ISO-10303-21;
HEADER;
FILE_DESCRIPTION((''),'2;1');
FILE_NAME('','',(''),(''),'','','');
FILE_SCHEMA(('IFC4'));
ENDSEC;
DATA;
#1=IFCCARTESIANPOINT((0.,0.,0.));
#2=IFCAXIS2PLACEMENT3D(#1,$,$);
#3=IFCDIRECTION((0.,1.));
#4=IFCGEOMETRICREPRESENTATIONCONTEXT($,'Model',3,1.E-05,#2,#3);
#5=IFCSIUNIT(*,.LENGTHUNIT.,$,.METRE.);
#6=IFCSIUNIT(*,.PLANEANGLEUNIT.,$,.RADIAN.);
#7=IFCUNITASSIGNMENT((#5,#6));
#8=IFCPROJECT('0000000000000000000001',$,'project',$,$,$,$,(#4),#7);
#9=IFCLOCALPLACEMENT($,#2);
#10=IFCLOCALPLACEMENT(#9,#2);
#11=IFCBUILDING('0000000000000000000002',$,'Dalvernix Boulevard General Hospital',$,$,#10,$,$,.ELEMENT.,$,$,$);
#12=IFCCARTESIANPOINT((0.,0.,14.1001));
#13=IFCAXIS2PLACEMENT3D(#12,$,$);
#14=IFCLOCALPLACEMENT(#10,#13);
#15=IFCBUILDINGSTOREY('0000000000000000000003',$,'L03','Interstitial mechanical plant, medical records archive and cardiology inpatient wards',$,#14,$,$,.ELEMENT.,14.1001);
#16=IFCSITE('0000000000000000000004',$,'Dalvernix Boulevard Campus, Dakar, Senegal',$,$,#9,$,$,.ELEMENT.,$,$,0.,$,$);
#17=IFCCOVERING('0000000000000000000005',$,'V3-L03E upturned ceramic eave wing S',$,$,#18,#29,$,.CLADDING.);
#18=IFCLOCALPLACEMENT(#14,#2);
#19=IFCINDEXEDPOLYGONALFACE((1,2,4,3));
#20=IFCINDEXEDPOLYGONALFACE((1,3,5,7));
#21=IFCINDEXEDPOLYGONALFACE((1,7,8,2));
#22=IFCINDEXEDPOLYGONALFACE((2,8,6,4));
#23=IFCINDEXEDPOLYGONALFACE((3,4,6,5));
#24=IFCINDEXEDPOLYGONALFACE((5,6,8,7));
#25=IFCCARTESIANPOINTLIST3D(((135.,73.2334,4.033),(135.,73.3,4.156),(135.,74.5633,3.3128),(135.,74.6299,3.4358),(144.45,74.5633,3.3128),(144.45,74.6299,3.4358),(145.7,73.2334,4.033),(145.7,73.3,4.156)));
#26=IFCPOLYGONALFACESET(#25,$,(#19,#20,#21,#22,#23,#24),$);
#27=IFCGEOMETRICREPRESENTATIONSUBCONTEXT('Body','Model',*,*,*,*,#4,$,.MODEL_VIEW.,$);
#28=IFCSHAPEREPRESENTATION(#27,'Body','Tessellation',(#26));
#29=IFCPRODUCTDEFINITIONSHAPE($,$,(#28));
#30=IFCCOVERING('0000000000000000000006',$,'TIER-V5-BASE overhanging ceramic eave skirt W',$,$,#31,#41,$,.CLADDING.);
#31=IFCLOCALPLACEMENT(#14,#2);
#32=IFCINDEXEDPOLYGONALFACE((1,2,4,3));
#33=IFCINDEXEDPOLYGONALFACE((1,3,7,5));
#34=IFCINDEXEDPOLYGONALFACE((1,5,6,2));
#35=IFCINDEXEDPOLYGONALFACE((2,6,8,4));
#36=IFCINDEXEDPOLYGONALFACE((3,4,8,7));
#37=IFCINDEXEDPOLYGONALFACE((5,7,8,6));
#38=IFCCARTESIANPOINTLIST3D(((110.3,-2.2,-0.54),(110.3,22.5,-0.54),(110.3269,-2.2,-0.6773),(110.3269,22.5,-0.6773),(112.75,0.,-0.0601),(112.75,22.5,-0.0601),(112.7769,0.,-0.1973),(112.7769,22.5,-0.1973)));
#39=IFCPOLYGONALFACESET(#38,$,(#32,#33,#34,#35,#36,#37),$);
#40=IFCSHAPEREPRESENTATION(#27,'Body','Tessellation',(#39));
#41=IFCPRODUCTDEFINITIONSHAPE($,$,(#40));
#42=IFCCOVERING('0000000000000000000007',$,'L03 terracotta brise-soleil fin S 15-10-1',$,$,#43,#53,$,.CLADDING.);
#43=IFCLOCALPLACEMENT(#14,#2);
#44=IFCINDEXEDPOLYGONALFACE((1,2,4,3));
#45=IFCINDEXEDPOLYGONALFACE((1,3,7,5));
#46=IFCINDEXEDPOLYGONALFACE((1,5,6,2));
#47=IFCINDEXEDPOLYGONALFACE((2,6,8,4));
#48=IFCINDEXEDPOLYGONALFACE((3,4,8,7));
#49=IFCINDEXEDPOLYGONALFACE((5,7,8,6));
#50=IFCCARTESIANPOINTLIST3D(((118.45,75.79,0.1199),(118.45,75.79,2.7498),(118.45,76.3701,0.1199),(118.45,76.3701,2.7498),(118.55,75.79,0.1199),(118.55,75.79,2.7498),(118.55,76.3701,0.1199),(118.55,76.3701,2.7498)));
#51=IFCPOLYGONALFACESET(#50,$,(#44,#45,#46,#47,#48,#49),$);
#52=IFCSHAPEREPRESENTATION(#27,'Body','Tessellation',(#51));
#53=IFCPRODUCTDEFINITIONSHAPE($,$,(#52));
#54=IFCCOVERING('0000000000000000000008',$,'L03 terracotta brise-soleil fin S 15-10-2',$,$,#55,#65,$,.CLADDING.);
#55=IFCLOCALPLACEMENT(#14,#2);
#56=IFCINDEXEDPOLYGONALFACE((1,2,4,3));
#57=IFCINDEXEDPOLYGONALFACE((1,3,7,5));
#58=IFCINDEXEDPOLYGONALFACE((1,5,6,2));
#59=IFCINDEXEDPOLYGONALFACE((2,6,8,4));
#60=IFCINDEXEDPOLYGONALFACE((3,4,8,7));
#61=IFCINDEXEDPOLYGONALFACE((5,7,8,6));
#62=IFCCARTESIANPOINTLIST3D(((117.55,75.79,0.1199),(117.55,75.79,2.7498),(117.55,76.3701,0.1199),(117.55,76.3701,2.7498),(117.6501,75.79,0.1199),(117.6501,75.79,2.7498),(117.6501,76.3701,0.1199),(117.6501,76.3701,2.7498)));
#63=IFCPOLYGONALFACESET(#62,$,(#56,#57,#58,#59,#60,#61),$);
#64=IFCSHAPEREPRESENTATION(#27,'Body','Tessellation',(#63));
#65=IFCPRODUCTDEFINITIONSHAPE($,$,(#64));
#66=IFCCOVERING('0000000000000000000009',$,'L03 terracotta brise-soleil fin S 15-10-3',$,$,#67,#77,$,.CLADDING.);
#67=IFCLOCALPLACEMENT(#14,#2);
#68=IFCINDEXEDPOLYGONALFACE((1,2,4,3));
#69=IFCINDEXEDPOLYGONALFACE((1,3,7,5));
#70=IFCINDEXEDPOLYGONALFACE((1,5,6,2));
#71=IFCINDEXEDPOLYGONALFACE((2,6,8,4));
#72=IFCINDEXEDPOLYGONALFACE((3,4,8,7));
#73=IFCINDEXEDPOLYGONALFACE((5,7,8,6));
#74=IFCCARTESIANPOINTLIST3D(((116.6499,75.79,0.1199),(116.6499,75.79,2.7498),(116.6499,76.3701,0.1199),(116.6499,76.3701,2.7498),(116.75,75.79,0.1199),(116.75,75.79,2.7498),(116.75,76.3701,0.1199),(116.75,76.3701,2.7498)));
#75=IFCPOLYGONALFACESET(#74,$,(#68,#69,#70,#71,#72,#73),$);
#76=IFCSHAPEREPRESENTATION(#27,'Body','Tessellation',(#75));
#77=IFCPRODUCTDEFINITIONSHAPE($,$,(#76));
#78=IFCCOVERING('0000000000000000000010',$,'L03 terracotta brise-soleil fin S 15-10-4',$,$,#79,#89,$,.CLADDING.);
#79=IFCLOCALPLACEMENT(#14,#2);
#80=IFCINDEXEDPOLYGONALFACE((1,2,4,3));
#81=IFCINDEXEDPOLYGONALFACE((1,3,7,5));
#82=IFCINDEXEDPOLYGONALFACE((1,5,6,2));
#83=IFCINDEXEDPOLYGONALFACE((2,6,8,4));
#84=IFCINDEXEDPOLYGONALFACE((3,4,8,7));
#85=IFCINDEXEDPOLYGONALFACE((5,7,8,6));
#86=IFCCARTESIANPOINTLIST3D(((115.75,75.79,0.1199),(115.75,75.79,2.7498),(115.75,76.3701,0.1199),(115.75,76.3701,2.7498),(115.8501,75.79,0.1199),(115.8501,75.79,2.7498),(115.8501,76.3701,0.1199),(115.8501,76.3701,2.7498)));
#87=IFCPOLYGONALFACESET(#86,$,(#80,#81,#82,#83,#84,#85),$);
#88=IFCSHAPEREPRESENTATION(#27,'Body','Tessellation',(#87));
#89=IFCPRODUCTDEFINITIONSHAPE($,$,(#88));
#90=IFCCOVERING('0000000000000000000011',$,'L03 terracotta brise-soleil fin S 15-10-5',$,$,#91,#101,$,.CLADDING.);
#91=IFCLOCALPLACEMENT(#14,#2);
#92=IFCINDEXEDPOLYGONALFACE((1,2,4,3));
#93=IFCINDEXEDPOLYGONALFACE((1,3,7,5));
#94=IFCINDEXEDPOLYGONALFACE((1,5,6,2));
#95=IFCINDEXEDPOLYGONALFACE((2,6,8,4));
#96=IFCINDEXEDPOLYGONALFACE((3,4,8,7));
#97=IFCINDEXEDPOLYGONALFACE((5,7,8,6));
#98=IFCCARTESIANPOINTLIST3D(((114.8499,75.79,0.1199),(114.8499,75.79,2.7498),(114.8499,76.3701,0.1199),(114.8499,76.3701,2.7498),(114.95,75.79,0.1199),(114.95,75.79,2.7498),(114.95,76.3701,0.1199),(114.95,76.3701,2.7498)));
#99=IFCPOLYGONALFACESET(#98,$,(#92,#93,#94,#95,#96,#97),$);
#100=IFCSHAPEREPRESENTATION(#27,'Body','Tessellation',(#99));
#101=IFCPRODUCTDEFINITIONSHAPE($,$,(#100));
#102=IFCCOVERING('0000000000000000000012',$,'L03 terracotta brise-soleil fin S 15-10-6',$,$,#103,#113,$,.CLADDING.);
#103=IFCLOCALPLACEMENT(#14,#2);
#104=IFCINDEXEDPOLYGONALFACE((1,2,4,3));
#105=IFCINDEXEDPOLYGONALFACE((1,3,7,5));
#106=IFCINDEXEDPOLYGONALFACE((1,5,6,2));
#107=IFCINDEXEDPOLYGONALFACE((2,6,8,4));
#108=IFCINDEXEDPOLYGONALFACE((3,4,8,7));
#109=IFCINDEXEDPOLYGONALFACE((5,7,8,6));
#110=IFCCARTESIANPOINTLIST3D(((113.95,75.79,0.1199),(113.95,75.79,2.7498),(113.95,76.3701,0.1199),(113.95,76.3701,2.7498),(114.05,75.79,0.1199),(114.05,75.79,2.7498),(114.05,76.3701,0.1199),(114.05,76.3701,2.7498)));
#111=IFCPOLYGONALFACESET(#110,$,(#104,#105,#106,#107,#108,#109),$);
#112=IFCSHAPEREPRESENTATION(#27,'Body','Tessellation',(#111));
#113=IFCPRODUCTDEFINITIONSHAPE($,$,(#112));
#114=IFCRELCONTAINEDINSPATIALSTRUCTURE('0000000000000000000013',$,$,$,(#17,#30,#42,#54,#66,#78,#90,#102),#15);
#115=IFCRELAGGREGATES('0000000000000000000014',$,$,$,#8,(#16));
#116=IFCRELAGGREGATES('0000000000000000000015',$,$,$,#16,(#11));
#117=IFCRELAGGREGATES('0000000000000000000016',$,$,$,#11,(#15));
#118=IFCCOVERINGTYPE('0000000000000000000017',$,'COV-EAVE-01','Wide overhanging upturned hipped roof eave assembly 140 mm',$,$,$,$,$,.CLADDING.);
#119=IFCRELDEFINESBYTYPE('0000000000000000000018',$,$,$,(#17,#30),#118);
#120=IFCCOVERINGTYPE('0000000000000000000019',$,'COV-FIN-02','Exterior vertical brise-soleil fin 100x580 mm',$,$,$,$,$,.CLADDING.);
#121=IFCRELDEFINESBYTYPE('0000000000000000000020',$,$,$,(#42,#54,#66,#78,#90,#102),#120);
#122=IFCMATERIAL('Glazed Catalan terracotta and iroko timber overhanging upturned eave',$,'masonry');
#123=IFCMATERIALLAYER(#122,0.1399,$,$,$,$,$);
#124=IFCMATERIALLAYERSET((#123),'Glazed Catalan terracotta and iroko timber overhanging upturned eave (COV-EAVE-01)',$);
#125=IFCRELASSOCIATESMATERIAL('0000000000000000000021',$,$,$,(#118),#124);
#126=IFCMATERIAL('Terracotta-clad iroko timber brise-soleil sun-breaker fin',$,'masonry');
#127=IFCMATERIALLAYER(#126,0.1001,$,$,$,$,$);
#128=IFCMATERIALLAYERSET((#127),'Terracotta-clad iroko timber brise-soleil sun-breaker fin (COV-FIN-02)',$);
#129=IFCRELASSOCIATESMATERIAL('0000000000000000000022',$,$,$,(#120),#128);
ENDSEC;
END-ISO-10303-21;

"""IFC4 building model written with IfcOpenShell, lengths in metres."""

from ifc_helpers import new_model, si_unit, direction, frame, origin, origin_2d, place, context, subcontext, project, spatial, polyline, rectangle, outline, extrude, material, layer, layer_set, type_object, element, save


model = new_model("IFC4")

# Units and contexts
model_context = context("Model", 3, precision=1e-05, world=origin(), true_north=direction((0.0, 1.0)))
body_context = subcontext(model_context, "Body", "Model", "MODEL_VIEW")
ifc_project = project(units=[si_unit("LENGTHUNIT", "METRE"), si_unit("PLANEANGLEUNIT", "RADIAN")], contexts=[model_context])

# Site, building, storey
site_placement = place(None, origin())
site = spatial("IfcSite", under=ifc_project, at=site_placement, Name="Dalvernix Boulevard Campus, Dakar, Senegal", CompositionType="ELEMENT", RefElevation=0.0)
building_placement = place(site_placement, origin())
building = spatial("IfcBuilding", under=site, at=building_placement, Name="Dalvernix Boulevard General Hospital", CompositionType="ELEMENT")
storey_placement = place(building_placement, frame((0.0, 0.0, 14.1001)))
storey = spatial("IfcBuildingStorey", under=building, at=storey_placement, Name="L03", Description="Interstitial mechanical plant, medical records archive and cardiology inpatient wards", CompositionType="ELEMENT", Elevation=14.1001)

# Coverings
ifc_material_1 = material(Name="Glazed Catalan terracotta and iroko timber overhanging upturned eave", Category="masonry")
ifc_layer_1 = layer(ifc_material_1, 0.1399)
ifc_layer_set_1 = layer_set([ifc_layer_1], Name="Glazed Catalan terracotta and iroko timber overhanging upturned eave (COV-EAVE-01)")
covering_type_1 = type_object("IfcCoveringType", Name="COV-EAVE-01", Description="Wide overhanging upturned hipped roof eave assembly 140 mm", PredefinedType="CLADDING", material=ifc_layer_set_1)
covering_1_placement = place(storey_placement, frame((135.0, 74.6299, 3.4358), z_axis=(0.0, 0.476226, 0.879323), x_axis=(1.0, 0.0, 0.0)))
element("IfcCovering", 1, at=covering_1_placement, inside=storey, type_object=covering_type_1, Name="V3-L03E upturned ceramic eave wing S", PredefinedType="CLADDING", context=body_context, shape_type="SweptSolid", body=[
    extrude(outline(polyline([(0.0, 0.0), (9.45, 0.0), (10.7, -1.5123), (0.0, -1.5123), (0.0, 0.0)])), origin(), (0.0, 0.0, -1.0), 0.1399),
])
covering_2_placement = place(storey_placement, frame((112.75, 22.5, -0.0601), z_axis=(-0.192259, 0.0, 0.981344), x_axis=(0.0, -1.0, 0.0)))
element("IfcCovering", 2, at=covering_2_placement, inside=storey, type_object=covering_type_1, Name="TIER-V5-BASE overhanging ceramic eave skirt W", PredefinedType="CLADDING", context=body_context, shape_type="SweptSolid", body=[
    extrude(outline(polyline([(0.0, 0.0), (22.5, 0.0), (24.7, -2.4965), (0.0, -2.4965), (0.0, 0.0)])), origin(), (0.0, 0.0, -1.0), 0.1399),
])
ifc_material_2 = material(Name="Terracotta-clad iroko timber brise-soleil sun-breaker fin", Category="masonry")
ifc_layer_2 = layer(ifc_material_2, 0.1001)
ifc_layer_set_2 = layer_set([ifc_layer_2], Name="Terracotta-clad iroko timber brise-soleil sun-breaker fin (COV-FIN-02)")
covering_type_2 = type_object("IfcCoveringType", Name="COV-FIN-02", Description="Exterior vertical brise-soleil fin 100x580 mm", PredefinedType="CLADDING", material=ifc_layer_set_2)
for number, where, z_axis, x_axis, name in (
    (3, (118.5, 76.0801, 0.1199), (0.0, 0.0, 1.0), (-1.0, 0.0, 0.0), "L03 terracotta brise-soleil fin S 15-10-1"),
    (4, (117.6001, 76.0801, 0.1199), (0.0, 0.0, 1.0), (-1.0, 0.0, 0.0), "L03 terracotta brise-soleil fin S 15-10-2"),
    (5, (116.7, 76.0801, 0.1199), (0.0, 0.0, 1.0), (-1.0, 0.0, 0.0), "L03 terracotta brise-soleil fin S 15-10-3"),
    (6, (115.8, 76.0801, 0.1199), (0.0, 0.0, 1.0), (-1.0, 0.0, 0.0), "L03 terracotta brise-soleil fin S 15-10-4"),
    (7, (114.8999, 76.0801, 0.1199), (0.0, 0.0, 1.0), (-1.0, 0.0, 0.0), "L03 terracotta brise-soleil fin S 15-10-5"),
    (8, (114.0, 76.0801, 0.1199), (0.0, 0.0, 1.0), (-1.0, 0.0, 0.0), "L03 terracotta brise-soleil fin S 15-10-6"),
):
    element("IfcCovering", number, at=place(storey_placement, frame(where, z_axis=z_axis, x_axis=x_axis)), inside=storey, type_object=covering_type_2, Name=name, PredefinedType="CLADDING", context=body_context, shape_type="SweptSolid", body=[
        extrude(rectangle(XDim=0.1001, YDim=0.5801, at=origin_2d()), origin(), (0.0, 0.0, 1.0), 2.6299),
    ])

save(model, "model.ifc")
